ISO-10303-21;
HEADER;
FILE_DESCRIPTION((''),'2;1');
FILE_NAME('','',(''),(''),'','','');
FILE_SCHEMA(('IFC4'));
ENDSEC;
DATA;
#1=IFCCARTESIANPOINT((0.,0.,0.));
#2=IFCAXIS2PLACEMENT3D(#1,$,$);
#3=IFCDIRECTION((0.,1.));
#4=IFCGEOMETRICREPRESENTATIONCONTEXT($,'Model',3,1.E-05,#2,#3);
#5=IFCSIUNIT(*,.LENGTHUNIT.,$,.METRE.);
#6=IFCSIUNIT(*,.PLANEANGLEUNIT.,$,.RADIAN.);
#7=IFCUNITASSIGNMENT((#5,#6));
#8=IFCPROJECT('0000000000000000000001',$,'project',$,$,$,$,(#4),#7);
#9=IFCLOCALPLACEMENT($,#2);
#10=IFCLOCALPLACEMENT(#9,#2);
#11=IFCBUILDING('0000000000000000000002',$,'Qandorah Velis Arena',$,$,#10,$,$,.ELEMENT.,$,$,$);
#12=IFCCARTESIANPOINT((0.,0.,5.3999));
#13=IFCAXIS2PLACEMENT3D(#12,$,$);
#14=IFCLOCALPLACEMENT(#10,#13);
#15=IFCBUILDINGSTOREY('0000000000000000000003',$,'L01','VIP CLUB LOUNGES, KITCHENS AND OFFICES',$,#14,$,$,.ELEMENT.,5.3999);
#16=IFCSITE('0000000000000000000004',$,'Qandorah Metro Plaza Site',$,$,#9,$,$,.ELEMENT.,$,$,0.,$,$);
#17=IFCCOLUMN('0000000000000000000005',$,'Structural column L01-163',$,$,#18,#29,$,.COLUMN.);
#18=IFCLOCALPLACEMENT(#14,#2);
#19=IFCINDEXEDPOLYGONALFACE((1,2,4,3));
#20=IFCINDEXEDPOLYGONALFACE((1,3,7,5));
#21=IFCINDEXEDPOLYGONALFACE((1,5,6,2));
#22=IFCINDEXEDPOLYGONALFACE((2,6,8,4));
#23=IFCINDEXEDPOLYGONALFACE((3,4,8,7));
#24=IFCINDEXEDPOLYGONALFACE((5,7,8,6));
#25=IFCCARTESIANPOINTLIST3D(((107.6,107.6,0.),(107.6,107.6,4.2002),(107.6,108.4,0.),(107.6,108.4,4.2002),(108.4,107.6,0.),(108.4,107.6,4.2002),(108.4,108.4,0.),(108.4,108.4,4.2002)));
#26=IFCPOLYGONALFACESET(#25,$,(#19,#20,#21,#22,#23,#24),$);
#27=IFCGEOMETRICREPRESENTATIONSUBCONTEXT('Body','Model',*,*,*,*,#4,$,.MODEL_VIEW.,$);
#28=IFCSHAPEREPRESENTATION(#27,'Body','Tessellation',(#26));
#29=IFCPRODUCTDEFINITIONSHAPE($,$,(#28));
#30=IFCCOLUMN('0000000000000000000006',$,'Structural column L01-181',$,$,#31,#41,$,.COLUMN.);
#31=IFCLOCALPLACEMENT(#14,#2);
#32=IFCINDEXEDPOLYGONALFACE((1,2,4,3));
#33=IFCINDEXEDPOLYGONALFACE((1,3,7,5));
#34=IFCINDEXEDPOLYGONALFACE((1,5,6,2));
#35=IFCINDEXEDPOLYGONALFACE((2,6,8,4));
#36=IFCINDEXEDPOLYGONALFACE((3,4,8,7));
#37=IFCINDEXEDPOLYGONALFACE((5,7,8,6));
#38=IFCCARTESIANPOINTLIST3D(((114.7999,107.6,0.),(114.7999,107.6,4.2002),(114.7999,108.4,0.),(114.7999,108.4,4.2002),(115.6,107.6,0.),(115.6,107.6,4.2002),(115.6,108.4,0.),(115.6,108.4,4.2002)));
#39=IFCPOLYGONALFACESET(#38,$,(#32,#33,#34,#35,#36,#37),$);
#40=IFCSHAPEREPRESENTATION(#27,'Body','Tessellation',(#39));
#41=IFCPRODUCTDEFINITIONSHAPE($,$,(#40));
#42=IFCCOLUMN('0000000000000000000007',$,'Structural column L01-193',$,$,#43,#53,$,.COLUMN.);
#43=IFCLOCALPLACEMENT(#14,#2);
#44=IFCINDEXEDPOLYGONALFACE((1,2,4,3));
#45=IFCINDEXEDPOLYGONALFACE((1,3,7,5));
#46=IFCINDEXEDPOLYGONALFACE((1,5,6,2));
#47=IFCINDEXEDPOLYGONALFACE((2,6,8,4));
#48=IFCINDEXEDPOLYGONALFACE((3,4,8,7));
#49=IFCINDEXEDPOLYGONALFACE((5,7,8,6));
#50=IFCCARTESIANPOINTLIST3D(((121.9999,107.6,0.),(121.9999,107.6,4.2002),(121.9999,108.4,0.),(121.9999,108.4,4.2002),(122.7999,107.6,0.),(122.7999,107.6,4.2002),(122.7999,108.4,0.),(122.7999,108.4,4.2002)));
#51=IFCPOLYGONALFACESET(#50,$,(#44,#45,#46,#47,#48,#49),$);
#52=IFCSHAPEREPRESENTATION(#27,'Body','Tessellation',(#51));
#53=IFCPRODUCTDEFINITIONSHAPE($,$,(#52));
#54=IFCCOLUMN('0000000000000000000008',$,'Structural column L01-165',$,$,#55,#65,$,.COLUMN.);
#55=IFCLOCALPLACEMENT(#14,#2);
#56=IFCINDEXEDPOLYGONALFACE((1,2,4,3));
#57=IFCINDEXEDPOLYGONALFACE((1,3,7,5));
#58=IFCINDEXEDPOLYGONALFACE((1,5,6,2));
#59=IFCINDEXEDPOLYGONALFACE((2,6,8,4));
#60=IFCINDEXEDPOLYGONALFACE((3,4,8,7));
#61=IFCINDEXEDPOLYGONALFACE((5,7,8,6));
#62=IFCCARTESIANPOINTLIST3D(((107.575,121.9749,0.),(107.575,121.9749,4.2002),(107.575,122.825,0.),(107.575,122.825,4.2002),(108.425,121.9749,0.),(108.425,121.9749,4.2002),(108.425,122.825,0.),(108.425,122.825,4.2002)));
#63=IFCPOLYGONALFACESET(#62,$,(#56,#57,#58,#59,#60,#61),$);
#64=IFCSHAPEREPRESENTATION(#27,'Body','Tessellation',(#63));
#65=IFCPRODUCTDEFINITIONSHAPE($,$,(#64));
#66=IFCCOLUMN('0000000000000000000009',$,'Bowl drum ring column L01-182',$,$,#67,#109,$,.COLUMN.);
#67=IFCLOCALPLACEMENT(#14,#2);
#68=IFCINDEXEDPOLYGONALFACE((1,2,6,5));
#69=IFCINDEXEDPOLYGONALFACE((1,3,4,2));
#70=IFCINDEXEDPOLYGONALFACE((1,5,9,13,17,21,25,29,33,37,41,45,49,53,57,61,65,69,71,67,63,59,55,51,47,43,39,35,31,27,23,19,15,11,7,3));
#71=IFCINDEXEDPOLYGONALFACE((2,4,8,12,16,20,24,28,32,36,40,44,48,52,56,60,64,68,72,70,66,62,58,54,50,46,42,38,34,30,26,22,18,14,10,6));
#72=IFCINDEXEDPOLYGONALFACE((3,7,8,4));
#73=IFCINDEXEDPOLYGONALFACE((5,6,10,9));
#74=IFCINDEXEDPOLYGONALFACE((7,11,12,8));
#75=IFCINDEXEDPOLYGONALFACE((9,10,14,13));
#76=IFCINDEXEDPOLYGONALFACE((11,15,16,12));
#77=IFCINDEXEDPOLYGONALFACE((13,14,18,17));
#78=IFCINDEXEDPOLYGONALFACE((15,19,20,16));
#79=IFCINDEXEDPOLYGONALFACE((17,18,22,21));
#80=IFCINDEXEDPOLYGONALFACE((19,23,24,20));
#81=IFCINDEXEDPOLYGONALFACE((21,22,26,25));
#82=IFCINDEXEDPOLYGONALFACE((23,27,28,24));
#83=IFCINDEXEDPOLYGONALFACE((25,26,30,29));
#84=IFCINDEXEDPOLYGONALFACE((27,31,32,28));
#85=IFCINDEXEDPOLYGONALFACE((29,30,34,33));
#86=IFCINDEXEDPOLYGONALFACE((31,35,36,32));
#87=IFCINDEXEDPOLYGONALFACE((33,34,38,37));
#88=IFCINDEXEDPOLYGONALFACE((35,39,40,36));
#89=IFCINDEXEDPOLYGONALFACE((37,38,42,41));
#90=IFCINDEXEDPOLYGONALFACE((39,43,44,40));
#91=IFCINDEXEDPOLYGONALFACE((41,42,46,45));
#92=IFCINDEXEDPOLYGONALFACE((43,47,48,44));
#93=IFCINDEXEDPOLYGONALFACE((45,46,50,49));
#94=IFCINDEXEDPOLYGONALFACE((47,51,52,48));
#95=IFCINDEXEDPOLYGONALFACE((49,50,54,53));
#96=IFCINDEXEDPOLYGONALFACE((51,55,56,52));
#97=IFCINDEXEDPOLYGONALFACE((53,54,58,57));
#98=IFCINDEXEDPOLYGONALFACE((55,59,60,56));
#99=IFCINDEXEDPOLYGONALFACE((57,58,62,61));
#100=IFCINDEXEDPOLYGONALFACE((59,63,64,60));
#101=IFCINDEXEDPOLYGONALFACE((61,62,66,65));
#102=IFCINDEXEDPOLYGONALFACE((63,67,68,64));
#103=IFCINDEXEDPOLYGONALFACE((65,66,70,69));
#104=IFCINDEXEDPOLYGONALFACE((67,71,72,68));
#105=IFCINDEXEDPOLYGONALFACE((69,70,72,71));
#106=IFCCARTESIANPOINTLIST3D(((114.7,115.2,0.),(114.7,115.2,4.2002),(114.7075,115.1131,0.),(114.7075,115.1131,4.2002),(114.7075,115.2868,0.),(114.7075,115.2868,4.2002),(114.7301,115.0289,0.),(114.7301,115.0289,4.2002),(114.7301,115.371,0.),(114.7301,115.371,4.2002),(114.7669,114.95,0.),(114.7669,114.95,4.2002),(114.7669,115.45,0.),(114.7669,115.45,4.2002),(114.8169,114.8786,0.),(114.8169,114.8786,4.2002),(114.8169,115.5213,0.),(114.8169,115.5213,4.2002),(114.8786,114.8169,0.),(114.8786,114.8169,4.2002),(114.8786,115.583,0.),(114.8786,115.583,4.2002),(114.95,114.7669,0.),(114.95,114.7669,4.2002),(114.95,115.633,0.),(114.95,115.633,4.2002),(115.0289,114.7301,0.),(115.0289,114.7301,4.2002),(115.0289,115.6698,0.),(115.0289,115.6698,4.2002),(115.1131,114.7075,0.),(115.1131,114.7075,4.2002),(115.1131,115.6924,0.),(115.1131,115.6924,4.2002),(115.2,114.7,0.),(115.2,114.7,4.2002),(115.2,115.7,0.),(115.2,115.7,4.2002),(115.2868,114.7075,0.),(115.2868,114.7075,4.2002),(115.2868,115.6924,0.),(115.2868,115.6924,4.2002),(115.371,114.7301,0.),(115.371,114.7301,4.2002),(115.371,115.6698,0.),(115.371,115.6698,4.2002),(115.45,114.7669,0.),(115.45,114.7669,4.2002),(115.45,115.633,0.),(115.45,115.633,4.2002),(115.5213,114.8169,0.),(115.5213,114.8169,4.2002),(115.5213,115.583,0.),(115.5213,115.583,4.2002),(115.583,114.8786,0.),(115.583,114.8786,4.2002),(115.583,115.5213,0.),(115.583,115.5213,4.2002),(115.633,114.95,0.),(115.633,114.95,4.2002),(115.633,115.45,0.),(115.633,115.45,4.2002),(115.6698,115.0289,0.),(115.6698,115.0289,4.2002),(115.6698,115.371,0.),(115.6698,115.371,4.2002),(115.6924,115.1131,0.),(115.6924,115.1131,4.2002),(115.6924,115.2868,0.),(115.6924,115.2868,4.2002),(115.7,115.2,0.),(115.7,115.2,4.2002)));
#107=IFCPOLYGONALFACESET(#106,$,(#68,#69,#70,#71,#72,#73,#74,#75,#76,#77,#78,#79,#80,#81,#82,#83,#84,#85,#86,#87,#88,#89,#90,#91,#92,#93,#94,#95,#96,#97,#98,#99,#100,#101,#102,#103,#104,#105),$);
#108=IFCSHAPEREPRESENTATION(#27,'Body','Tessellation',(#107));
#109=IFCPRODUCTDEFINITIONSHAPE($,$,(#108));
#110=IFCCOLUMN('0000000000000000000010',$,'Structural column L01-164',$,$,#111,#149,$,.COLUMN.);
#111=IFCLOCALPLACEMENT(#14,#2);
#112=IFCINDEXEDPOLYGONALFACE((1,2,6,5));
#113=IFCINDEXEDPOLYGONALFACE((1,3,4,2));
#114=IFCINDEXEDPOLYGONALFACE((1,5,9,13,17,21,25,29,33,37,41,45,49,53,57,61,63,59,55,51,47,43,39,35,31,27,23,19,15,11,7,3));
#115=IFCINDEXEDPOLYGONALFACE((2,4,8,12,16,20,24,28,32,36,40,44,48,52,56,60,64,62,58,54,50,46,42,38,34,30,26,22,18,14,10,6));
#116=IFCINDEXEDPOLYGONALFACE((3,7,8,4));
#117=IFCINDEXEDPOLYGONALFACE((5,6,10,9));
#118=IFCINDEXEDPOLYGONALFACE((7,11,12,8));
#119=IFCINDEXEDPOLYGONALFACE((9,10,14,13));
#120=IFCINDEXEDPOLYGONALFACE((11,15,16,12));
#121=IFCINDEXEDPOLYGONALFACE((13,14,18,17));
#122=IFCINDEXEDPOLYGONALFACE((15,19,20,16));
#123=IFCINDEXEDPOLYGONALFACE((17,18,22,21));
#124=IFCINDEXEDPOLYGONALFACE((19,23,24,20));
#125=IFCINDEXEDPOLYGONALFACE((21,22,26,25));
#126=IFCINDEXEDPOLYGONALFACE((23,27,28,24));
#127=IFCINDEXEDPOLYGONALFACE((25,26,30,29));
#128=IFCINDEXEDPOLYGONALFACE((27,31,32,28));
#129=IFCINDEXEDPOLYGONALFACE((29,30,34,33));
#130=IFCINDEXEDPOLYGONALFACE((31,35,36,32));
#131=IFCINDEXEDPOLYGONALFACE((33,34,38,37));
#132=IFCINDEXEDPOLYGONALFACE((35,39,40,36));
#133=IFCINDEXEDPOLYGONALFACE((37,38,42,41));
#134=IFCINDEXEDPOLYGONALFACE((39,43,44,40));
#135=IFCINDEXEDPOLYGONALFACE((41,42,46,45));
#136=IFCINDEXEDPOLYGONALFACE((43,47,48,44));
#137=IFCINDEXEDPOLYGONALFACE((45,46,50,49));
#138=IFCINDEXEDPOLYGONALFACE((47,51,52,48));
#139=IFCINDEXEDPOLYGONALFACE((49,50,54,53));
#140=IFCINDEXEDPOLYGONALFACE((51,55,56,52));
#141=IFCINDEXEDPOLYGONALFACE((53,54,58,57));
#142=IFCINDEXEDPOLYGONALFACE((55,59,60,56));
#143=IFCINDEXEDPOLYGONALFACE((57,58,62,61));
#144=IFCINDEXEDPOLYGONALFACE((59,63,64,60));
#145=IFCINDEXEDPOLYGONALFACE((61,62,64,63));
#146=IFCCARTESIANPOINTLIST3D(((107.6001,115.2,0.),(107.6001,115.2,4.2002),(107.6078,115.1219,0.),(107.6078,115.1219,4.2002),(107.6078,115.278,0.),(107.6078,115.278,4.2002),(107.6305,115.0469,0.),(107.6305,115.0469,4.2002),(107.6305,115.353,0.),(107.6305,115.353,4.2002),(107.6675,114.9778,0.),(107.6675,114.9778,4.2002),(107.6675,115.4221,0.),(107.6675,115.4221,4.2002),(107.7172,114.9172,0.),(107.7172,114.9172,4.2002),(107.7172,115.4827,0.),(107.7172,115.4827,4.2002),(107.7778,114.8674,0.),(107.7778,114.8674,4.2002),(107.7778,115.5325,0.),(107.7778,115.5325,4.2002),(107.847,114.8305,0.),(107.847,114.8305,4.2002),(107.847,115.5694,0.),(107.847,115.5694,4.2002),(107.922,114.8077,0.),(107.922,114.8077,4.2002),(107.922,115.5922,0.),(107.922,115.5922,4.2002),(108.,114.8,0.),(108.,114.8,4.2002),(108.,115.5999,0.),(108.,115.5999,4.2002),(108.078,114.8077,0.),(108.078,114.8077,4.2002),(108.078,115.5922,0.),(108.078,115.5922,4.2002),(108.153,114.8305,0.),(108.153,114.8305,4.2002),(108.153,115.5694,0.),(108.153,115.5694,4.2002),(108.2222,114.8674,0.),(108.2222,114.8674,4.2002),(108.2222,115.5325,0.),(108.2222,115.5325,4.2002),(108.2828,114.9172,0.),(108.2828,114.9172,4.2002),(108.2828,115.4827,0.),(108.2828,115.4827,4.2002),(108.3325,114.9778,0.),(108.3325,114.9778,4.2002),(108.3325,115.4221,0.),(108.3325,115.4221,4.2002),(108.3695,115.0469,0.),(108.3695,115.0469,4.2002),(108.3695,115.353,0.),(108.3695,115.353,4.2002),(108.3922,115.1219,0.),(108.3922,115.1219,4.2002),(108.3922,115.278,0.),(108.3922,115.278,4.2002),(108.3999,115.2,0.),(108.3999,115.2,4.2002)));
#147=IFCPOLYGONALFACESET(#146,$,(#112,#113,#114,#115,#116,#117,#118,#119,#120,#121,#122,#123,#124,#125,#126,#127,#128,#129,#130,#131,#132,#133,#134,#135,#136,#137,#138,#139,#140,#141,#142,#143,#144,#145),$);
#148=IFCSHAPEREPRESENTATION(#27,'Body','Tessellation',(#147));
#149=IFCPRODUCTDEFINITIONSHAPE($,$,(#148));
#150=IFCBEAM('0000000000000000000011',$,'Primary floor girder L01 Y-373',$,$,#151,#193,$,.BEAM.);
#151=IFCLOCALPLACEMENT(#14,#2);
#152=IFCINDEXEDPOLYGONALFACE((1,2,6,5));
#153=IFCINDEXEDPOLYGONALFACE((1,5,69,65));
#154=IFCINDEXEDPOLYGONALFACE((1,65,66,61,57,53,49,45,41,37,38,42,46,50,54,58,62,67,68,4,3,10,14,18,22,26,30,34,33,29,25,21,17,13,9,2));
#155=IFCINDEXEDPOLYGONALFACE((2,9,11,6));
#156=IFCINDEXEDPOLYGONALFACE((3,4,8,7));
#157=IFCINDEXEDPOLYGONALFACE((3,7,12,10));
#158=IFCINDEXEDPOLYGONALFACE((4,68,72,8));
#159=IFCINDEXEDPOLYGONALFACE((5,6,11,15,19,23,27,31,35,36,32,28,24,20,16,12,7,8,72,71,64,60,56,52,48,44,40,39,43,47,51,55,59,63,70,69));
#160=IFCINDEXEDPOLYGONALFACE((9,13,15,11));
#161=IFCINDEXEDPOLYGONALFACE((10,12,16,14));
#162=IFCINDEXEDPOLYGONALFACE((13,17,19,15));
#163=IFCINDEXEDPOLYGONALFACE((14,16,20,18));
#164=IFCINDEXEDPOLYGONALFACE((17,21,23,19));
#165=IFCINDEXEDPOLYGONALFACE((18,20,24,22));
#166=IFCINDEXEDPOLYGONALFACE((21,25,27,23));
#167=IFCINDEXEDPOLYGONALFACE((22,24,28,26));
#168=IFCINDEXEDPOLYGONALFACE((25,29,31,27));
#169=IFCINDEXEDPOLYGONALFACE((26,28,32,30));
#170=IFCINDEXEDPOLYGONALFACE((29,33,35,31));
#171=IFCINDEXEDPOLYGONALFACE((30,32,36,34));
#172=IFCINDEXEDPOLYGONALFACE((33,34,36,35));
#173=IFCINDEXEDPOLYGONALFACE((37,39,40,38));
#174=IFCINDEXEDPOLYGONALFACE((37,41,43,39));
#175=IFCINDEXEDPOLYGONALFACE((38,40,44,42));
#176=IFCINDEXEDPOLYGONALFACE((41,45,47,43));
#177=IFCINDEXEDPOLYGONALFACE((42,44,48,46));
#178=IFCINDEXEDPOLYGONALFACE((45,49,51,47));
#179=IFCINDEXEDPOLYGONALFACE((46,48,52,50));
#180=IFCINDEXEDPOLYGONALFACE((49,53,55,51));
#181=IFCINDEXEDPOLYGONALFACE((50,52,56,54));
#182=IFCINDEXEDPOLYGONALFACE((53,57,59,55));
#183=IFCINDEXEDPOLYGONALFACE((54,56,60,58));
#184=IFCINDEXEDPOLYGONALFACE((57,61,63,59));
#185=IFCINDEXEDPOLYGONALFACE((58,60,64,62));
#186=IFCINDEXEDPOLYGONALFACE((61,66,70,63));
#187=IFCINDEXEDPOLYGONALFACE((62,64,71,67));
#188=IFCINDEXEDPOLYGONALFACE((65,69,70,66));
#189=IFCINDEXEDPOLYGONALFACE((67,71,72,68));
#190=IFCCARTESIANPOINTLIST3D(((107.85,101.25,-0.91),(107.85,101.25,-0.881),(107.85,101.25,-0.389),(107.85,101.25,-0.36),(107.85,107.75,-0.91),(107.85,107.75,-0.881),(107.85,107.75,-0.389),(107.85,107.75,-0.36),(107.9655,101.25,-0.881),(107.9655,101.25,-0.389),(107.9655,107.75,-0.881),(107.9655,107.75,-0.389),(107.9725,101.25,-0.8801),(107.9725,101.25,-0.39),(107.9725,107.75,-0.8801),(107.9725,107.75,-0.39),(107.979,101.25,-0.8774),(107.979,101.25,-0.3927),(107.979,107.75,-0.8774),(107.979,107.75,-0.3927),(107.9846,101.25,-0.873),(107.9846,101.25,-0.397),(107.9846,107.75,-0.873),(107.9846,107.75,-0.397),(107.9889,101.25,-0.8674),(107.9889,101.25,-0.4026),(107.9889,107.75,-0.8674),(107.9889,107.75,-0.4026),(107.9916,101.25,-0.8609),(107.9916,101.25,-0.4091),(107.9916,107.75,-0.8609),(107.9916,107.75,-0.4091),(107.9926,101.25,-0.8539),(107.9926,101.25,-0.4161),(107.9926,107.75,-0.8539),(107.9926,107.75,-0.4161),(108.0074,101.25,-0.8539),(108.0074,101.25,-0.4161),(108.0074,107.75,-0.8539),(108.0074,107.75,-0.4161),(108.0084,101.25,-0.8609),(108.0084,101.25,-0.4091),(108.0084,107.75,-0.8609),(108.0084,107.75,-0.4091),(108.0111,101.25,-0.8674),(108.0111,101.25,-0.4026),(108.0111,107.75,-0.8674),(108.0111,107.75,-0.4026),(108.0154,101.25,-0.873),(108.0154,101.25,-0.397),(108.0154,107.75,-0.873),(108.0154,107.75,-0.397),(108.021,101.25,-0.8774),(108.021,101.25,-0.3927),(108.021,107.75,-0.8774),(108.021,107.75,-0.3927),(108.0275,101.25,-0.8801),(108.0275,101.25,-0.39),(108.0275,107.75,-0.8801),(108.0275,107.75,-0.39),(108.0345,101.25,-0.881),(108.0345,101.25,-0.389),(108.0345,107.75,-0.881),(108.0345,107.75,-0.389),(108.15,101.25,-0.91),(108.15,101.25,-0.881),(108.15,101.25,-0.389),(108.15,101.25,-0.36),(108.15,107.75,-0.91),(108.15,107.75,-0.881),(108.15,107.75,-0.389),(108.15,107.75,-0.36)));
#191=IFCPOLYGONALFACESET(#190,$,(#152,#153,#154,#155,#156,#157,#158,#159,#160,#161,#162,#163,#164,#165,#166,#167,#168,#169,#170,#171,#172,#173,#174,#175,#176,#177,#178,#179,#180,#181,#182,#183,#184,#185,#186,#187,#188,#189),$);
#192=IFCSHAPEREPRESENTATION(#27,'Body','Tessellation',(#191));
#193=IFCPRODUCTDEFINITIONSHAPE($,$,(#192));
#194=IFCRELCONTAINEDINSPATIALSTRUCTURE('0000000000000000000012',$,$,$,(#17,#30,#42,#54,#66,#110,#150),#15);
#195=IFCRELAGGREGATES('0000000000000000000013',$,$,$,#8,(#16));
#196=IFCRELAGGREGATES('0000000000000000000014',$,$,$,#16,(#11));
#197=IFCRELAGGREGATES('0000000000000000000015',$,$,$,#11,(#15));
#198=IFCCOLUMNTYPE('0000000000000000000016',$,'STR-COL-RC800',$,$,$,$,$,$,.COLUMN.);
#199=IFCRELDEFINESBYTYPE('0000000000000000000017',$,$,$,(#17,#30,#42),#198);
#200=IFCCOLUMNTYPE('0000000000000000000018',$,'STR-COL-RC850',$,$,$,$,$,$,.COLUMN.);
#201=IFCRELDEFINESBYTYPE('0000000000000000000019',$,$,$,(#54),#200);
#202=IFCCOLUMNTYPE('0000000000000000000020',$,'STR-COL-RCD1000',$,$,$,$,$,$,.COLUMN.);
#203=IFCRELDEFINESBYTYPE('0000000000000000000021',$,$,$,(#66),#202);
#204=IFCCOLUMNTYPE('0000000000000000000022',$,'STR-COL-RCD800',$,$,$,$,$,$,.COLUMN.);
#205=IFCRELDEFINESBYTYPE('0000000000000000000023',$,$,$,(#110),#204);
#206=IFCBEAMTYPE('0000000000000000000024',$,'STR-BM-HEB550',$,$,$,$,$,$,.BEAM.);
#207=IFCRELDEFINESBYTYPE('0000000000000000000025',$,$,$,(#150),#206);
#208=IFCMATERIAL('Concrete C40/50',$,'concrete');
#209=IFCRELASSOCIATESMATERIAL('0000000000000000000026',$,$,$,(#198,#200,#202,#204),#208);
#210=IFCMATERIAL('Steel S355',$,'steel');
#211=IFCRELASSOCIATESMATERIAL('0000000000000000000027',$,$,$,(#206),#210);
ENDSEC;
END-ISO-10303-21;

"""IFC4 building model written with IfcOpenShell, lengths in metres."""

from ifc_helpers import new_model, si_unit, direction, frame, origin, origin_2d, place, context, subcontext, project, spatial, rectangle, circle, i_section, extrude, material, material_profile, profile_set, type_object, element, save


model = new_model("IFC4")

# Units and contexts
model_context = context("Model", 3, precision=1e-05, world=origin(), true_north=direction((0.0, 1.0)))
body_context = subcontext(model_context, "Body", "Model", "MODEL_VIEW")
ifc_project = project(units=[si_unit("LENGTHUNIT", "METRE"), si_unit("PLANEANGLEUNIT", "RADIAN")], contexts=[model_context])

# Site, building, storey
site_placement = place(None, origin())
site = spatial("IfcSite", under=ifc_project, at=site_placement, Name="Qandorah Metro Plaza Site", CompositionType="ELEMENT", RefElevation=0.0)
building_placement = place(site_placement, origin())
building = spatial("IfcBuilding", under=site, at=building_placement, Name="Qandorah Velis Arena", CompositionType="ELEMENT")
storey_placement = place(building_placement, frame((0.0, 0.0, 5.3999)))
storey = spatial("IfcBuildingStorey", under=building, at=storey_placement, Name="L01", Description="VIP CLUB LOUNGES, KITCHENS AND OFFICES", CompositionType="ELEMENT", Elevation=5.3999)

# Columns
ifc_material_1 = material(Name="Concrete C40/50", Category="concrete")
ifc_material_profile_1 = material_profile(ifc_material_1, rectangle(XDim=0.8, YDim=0.8, at=origin_2d()), Name="RC COL 800x800")
ifc_profile_set_1 = profile_set([ifc_material_profile_1], Name="Concrete C40/50")
column_type_1 = type_object("IfcColumnType", Name="STR-COL-RC800", PredefinedType="COLUMN", material=ifc_profile_set_1)
for number, where, z_axis, x_axis, name in (
    (1, (108.0, 108.0, 0.0), (0.0, 0.0, 1.0), (1.0, 0.0, 0.0), "Structural column L01-163"),
    (2, (115.2, 108.0, 0.0), (0.0, 0.0, 1.0), (1.0, 0.0, 0.0), "Structural column L01-181"),
    (3, (122.3999, 108.0, 0.0), (0.0, 0.0, 1.0), (1.0, 0.0, 0.0), "Structural column L01-193"),
):
    element("IfcColumn", number, at=place(storey_placement, frame(where, z_axis=z_axis, x_axis=x_axis)), inside=storey, type_object=column_type_1, Name=name, PredefinedType="COLUMN", context=body_context, shape_type="SweptSolid", body=[
        extrude(rectangle(XDim=0.8, YDim=0.8, at=origin_2d()), origin(), (0.0, 0.0, 1.0), 4.2002),
    ])
ifc_material_profile_2 = material_profile(ifc_material_1, rectangle(XDim=0.8501, YDim=0.8501, at=origin_2d()), Name="RC COL 850x850")
ifc_profile_set_2 = profile_set([ifc_material_profile_2], Name="Concrete C40/50")
column_type_2 = type_object("IfcColumnType", Name="STR-COL-RC850", PredefinedType="COLUMN", material=ifc_profile_set_2)
column_1_placement = place(storey_placement, frame((108.0, 122.3999, 0.0), z_axis=(0.0, 0.0, 1.0), x_axis=(1.0, 0.0, 0.0)))
element("IfcColumn", 4, at=column_1_placement, inside=storey, type_object=column_type_2, Name="Structural column L01-165", PredefinedType="COLUMN", context=body_context, shape_type="SweptSolid", body=[
    extrude(rectangle(XDim=0.8501, YDim=0.8501, at=origin_2d()), origin(), (0.0, 0.0, 1.0), 4.2002),
])
ifc_material_profile_3 = material_profile(ifc_material_1, circle(Radius=0.5, at=origin_2d()), Name="RC D1000")
ifc_profile_set_3 = profile_set([ifc_material_profile_3], Name="Concrete C40/50")
column_type_3 = type_object("IfcColumnType", Name="STR-COL-RCD1000", PredefinedType="COLUMN", material=ifc_profile_set_3)
column_2_placement = place(storey_placement, frame((115.2, 115.2, 0.0), z_axis=(0.0, 0.0, 1.0), x_axis=(1.0, 0.0, 0.0)))
element("IfcColumn", 5, at=column_2_placement, inside=storey, type_object=column_type_3, Name="Bowl drum ring column L01-182", PredefinedType="COLUMN", context=body_context, shape_type="SweptSolid", body=[
    extrude(circle(Radius=0.5, at=origin_2d()), origin(), (0.0, 0.0, 1.0), 4.2002),
])
ifc_material_profile_4 = material_profile(ifc_material_1, circle(Radius=0.3999, at=origin_2d()), Name="RC D800")
ifc_profile_set_4 = profile_set([ifc_material_profile_4], Name="Concrete C40/50")
column_type_4 = type_object("IfcColumnType", Name="STR-COL-RCD800", PredefinedType="COLUMN", material=ifc_profile_set_4)
column_3_placement = place(storey_placement, frame((108.0, 115.2, 0.0), z_axis=(0.0, 0.0, 1.0), x_axis=(1.0, 0.0, 0.0)))
element("IfcColumn", 6, at=column_3_placement, inside=storey, type_object=column_type_4, Name="Structural column L01-164", PredefinedType="COLUMN", context=body_context, shape_type="SweptSolid", body=[
    extrude(circle(Radius=0.3999, at=origin_2d()), origin(), (0.0, 0.0, 1.0), 4.2002),
])

# Beam
ifc_material_2 = material(Name="Steel S355", Category="steel")
ifc_material_profile_5 = material_profile(ifc_material_2, i_section(OverallWidth=0.3, OverallDepth=0.55, WebThickness=0.0149, FlangeThickness=0.0291, FilletRadius=0.0271, at=origin_2d()), Name="HEB 550")
ifc_profile_set_5 = profile_set([ifc_material_profile_5], Name="Steel S355")
beam_type_1 = type_object("IfcBeamType", Name="STR-BM-HEB550", PredefinedType="BEAM", material=ifc_profile_set_5)
for number, where, z_axis, x_axis, name in (
    (7, (108.0, 101.25, -0.635), (0.0, 1.0, 0.0), (-1.0, 0.0, 0.0), "Primary floor girder L01 Y-373"),
):
    element("IfcBeam", number, at=place(storey_placement, frame(where, z_axis=z_axis, x_axis=x_axis)), inside=storey, type_object=beam_type_1, Name=name, PredefinedType="BEAM", context=body_context, shape_type="SweptSolid", body=[
        extrude(i_section(OverallWidth=0.3, OverallDepth=0.55, WebThickness=0.0149, FlangeThickness=0.0291, FilletRadius=0.0271, at=origin_2d()), origin(), (0.0, 0.0, 1.0), 6.5),
    ])

save(model, "model.ifc")
